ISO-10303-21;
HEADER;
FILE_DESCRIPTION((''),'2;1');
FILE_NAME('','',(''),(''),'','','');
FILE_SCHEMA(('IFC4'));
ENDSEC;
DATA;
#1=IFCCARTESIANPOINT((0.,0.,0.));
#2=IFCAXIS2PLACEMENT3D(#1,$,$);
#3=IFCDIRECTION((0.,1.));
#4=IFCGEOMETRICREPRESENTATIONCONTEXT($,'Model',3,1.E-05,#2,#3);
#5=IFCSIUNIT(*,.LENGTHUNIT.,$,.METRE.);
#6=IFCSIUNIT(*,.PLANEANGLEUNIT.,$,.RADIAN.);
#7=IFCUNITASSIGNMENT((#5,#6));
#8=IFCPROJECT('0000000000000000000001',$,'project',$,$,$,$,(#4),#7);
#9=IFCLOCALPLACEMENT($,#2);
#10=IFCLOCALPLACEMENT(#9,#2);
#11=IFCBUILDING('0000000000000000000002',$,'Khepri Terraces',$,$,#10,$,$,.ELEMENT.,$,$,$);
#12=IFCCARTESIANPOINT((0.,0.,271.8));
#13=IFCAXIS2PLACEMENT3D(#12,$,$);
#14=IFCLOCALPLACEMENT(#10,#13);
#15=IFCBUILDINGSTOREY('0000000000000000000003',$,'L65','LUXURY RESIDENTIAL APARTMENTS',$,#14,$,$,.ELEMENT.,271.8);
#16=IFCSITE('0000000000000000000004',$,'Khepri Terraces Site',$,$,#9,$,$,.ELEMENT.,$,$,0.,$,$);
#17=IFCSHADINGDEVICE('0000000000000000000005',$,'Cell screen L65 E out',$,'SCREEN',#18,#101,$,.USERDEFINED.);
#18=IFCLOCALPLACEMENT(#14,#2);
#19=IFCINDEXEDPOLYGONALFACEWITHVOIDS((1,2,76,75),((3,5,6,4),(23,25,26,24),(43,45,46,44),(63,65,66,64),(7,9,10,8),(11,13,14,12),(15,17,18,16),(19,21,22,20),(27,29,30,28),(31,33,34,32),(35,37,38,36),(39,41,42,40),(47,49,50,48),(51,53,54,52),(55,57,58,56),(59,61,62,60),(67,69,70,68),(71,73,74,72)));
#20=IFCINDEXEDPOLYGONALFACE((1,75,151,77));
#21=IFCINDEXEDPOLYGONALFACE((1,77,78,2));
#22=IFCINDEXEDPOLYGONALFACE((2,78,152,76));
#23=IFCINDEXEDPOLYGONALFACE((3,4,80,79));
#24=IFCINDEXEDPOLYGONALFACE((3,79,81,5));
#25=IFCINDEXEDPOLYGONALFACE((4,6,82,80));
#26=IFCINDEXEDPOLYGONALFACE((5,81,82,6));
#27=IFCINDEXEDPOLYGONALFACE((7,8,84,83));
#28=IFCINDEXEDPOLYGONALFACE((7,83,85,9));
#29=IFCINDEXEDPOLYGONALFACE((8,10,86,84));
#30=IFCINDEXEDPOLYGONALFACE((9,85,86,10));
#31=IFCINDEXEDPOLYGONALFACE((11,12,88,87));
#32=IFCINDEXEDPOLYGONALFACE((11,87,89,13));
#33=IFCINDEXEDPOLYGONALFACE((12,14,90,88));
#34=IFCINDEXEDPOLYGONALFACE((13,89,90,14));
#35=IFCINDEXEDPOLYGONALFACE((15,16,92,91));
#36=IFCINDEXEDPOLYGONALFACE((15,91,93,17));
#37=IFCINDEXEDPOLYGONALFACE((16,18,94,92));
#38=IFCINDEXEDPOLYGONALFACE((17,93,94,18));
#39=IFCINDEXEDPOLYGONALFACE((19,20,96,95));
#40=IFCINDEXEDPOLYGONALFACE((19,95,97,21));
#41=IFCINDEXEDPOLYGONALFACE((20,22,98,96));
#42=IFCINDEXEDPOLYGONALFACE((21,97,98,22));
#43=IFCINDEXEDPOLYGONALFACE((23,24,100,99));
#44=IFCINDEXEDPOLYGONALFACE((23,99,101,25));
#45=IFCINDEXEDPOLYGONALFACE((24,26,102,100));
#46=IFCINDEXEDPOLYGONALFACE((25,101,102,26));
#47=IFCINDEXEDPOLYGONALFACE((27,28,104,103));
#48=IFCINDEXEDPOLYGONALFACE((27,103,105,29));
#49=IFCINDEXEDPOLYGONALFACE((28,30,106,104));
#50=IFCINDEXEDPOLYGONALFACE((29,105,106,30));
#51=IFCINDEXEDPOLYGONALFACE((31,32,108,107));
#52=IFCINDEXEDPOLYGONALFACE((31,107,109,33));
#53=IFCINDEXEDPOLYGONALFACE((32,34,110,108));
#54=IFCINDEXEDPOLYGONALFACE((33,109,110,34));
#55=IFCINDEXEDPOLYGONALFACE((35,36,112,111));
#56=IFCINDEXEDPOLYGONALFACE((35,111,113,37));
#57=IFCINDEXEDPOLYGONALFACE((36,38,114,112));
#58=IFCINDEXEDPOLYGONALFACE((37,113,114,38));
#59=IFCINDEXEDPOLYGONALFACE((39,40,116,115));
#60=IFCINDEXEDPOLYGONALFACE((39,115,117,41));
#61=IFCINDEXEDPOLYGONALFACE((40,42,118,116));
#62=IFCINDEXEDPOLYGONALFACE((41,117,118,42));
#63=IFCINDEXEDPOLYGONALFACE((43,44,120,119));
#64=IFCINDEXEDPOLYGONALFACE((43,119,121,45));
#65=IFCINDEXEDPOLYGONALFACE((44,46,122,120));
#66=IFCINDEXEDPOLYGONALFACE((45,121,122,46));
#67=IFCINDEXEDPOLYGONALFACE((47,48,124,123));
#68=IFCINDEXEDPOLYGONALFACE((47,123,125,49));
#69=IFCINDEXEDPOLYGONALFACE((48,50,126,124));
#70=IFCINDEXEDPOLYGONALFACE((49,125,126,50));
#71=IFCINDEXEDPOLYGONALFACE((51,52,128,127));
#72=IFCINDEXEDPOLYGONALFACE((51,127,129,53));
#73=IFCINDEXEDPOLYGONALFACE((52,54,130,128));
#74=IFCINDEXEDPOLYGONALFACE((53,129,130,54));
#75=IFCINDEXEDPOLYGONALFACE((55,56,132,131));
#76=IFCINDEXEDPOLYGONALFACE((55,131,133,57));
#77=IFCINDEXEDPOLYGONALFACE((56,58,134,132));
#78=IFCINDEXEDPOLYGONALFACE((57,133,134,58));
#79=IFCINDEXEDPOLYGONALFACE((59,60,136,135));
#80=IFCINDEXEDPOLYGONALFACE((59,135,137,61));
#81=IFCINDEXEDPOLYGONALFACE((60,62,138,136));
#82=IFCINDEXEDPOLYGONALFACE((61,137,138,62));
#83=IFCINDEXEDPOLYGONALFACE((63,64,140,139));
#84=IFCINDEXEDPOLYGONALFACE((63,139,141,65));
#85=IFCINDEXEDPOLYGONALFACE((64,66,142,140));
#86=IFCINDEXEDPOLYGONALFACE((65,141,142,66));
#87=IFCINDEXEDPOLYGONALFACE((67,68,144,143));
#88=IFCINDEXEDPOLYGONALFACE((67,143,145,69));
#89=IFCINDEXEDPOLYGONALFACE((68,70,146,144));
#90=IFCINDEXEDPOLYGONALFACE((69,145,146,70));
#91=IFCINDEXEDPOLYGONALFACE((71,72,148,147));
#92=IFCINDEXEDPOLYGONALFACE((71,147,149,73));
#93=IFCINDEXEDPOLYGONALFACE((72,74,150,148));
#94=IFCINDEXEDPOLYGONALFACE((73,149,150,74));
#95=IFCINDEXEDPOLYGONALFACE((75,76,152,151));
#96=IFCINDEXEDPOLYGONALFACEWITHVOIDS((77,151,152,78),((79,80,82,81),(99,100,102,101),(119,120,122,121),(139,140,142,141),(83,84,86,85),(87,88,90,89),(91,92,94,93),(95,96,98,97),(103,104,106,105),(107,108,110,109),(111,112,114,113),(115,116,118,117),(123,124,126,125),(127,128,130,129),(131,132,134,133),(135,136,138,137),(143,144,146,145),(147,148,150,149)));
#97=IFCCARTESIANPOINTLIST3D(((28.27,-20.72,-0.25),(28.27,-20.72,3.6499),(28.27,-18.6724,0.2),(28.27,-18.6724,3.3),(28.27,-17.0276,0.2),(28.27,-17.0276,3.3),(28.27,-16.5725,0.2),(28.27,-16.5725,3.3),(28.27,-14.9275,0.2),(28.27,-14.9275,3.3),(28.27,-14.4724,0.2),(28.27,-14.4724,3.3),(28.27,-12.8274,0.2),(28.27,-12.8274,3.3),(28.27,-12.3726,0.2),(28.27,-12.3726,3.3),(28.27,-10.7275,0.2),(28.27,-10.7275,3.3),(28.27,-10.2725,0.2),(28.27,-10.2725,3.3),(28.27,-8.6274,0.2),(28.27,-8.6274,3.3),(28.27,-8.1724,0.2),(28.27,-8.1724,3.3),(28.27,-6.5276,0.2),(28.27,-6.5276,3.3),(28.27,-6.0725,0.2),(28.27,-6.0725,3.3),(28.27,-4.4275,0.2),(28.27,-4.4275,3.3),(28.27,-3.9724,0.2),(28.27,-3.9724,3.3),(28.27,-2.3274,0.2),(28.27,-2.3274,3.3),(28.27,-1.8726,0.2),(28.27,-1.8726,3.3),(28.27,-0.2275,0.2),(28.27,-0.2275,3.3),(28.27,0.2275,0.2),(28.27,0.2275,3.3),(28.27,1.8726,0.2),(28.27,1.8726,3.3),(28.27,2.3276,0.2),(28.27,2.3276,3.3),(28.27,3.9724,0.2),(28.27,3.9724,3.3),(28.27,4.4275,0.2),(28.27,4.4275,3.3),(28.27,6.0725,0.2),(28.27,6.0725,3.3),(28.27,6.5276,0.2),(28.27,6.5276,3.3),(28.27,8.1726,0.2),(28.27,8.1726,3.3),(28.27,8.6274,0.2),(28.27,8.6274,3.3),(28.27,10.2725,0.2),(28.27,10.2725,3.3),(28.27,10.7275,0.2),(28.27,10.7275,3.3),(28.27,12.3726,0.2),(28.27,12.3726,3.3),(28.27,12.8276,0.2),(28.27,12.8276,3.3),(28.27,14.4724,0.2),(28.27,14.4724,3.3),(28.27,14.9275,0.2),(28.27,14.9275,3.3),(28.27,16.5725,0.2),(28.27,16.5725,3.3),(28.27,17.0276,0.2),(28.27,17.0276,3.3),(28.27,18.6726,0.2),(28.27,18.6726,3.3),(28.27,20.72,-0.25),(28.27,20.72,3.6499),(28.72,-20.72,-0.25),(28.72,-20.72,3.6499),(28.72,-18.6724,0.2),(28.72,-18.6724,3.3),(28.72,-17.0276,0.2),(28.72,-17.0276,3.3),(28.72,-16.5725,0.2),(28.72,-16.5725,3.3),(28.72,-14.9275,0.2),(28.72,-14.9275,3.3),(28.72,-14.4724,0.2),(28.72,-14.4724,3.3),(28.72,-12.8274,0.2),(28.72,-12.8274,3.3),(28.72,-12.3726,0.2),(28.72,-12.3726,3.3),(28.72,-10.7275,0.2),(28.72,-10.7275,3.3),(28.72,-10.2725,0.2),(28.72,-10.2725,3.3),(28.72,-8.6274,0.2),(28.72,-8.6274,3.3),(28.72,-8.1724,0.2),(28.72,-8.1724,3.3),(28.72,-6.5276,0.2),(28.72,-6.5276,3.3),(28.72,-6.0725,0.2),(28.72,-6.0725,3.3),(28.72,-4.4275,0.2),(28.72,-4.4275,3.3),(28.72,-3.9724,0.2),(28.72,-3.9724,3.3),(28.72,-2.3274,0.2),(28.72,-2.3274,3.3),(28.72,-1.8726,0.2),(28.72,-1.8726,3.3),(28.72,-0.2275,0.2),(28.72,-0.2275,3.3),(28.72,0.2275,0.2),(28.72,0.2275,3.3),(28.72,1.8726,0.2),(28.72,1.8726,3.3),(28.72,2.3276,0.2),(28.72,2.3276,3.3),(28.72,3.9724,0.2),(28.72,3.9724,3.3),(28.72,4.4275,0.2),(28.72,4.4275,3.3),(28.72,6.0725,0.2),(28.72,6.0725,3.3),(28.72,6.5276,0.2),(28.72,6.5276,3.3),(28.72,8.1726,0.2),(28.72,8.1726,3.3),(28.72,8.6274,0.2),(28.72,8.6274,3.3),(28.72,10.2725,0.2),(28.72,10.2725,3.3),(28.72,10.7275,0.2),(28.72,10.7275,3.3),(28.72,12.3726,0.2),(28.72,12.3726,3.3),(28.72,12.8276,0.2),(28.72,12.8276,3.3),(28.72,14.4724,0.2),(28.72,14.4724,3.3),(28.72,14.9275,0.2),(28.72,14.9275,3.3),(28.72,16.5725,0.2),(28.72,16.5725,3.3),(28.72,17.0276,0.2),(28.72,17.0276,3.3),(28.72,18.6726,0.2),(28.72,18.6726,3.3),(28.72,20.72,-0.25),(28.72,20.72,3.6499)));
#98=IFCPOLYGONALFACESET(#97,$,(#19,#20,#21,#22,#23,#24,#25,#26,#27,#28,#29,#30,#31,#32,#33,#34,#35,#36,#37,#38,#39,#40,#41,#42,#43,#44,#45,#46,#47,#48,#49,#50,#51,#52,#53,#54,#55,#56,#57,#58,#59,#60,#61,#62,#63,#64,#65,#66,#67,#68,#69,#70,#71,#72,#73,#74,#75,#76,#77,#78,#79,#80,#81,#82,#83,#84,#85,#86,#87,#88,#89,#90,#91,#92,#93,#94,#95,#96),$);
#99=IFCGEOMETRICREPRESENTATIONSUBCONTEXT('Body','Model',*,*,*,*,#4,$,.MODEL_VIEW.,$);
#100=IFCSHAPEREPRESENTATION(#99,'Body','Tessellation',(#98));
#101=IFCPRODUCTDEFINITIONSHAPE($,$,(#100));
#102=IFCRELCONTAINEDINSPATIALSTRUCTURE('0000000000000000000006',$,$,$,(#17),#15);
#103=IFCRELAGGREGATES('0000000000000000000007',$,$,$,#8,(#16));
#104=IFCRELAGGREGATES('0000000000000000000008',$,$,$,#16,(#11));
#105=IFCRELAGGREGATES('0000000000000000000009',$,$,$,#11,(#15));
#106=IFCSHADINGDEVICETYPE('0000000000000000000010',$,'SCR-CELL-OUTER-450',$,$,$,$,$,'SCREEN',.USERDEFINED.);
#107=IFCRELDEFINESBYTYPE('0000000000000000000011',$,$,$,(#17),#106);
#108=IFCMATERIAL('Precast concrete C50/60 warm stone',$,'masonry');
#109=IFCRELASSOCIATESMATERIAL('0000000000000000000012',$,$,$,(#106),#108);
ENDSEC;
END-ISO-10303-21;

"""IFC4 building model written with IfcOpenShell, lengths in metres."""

from ifc_helpers import new_model, si_unit, direction, frame, origin, place, context, subcontext, project, spatial, polyline, outline, extrude, material, type_object, element, save


model = new_model("IFC4")

# Units and contexts
model_context = context("Model", 3, precision=1e-05, world=origin(), true_north=direction((0.0, 1.0)))
body_context = subcontext(model_context, "Body", "Model", "MODEL_VIEW")
ifc_project = project(units=[si_unit("LENGTHUNIT", "METRE"), si_unit("PLANEANGLEUNIT", "RADIAN")], contexts=[model_context])

# Site, building, storey
site_placement = place(None, origin())
site = spatial("IfcSite", under=ifc_project, at=site_placement, Name="Khepri Terraces Site", CompositionType="ELEMENT", RefElevation=0.0)
building_placement = place(site_placement, origin())
building = spatial("IfcBuilding", under=site, at=building_placement, Name="Khepri Terraces", CompositionType="ELEMENT")
storey_placement = place(building_placement, frame((0.0, 0.0, 271.8)))
storey = spatial("IfcBuildingStorey", under=building, at=storey_placement, Name="L65", Description="LUXURY RESIDENTIAL APARTMENTS", CompositionType="ELEMENT", Elevation=271.8)

# Shared definitions
ifc_material_1 = material(Name="Precast concrete C50/60 warm stone", Category="masonry")

# Shading device
shading_device_type_1 = type_object("IfcShadingDeviceType", Name="SCR-CELL-OUTER-450", ElementType="SCREEN", PredefinedType="USERDEFINED", material=ifc_material_1)
shading_device_1_placement = place(storey_placement, frame((28.27, -20.72, -0.25), z_axis=(1.0, 0.0, 0.0), x_axis=(0.0, 1.0, 0.0)))
element("IfcShadingDevice", 1, at=shading_device_1_placement, inside=storey, type_object=shading_device_type_1, Name="Cell screen L65 E out", ObjectType="SCREEN", PredefinedType="USERDEFINED", context=body_context, shape_type="SweptSolid", body=[
    extrude(outline(polyline([(0.0, 0.0), (41.4399, 0.0), (41.4399, 3.8999), (0.0, 3.8999), (0.0, 0.0)]), holes=[polyline([(2.0476, 0.45), (3.6924, 0.45), (3.6924, 3.55), (2.0476, 3.55), (2.0476, 0.45)]), polyline([(4.1475, 0.45), (5.7925, 0.45), (5.7925, 3.55), (4.1475, 3.55), (4.1475, 0.45)]), polyline([(6.2476, 0.45), (7.8926, 0.45), (7.8926, 3.55), (6.2476, 3.55), (6.2476, 0.45)]), polyline([(8.3474, 0.45), (9.9924, 0.45), (9.9924, 3.55), (8.3474, 3.55), (8.3474, 0.45)]), polyline([(10.4475, 0.45), (12.0925, 0.45), (12.0925, 3.55), (10.4475, 3.55), (10.4475, 0.45)]), polyline([(12.5476, 0.45), (14.1924, 0.45), (14.1924, 3.55), (12.5476, 3.55), (12.5476, 0.45)]), polyline([(14.6475, 0.45), (16.2925, 0.45), (16.2925, 3.55), (14.6475, 3.55), (14.6475, 0.45)]), polyline([(16.7476, 0.45), (18.3926, 0.45), (18.3926, 3.55), (16.7476, 3.55), (16.7476, 0.45)]), polyline([(18.8474, 0.45), (20.4924, 0.45), (20.4924, 3.55), (18.8474, 3.55), (18.8474, 0.45)]), polyline([(20.9475, 0.45), (22.5925, 0.45), (22.5925, 3.55), (20.9475, 3.55), (20.9475, 0.45)]), polyline([(23.0476, 0.45), (24.6924, 0.45), (24.6924, 3.55), (23.0476, 3.55), (23.0476, 0.45)]), polyline([(25.1475, 0.45), (26.7925, 0.45), (26.7925, 3.55), (25.1475, 3.55), (25.1475, 0.45)]), polyline([(27.2476, 0.45), (28.8926, 0.45), (28.8926, 3.55), (27.2476, 3.55), (27.2476, 0.45)]), polyline([(29.3474, 0.45), (30.9924, 0.45), (30.9924, 3.55), (29.3474, 3.55), (29.3474, 0.45)]), polyline([(31.4475, 0.45), (33.0925, 0.45), (33.0925, 3.55), (31.4475, 3.55), (31.4475, 0.45)]), polyline([(33.5476, 0.45), (35.1924, 0.45), (35.1924, 3.55), (33.5476, 3.55), (33.5476, 0.45)]), polyline([(35.6475, 0.45), (37.2925, 0.45), (37.2925, 3.55), (35.6475, 3.55), (35.6475, 0.45)]), polyline([(37.7476, 0.45), (39.3926, 0.45), (39.3926, 3.55), (37.7476, 3.55), (37.7476, 0.45)])]), origin(), (0.0, 0.0, 1.0), 0.45),
])

save(model, "model.ifc")
